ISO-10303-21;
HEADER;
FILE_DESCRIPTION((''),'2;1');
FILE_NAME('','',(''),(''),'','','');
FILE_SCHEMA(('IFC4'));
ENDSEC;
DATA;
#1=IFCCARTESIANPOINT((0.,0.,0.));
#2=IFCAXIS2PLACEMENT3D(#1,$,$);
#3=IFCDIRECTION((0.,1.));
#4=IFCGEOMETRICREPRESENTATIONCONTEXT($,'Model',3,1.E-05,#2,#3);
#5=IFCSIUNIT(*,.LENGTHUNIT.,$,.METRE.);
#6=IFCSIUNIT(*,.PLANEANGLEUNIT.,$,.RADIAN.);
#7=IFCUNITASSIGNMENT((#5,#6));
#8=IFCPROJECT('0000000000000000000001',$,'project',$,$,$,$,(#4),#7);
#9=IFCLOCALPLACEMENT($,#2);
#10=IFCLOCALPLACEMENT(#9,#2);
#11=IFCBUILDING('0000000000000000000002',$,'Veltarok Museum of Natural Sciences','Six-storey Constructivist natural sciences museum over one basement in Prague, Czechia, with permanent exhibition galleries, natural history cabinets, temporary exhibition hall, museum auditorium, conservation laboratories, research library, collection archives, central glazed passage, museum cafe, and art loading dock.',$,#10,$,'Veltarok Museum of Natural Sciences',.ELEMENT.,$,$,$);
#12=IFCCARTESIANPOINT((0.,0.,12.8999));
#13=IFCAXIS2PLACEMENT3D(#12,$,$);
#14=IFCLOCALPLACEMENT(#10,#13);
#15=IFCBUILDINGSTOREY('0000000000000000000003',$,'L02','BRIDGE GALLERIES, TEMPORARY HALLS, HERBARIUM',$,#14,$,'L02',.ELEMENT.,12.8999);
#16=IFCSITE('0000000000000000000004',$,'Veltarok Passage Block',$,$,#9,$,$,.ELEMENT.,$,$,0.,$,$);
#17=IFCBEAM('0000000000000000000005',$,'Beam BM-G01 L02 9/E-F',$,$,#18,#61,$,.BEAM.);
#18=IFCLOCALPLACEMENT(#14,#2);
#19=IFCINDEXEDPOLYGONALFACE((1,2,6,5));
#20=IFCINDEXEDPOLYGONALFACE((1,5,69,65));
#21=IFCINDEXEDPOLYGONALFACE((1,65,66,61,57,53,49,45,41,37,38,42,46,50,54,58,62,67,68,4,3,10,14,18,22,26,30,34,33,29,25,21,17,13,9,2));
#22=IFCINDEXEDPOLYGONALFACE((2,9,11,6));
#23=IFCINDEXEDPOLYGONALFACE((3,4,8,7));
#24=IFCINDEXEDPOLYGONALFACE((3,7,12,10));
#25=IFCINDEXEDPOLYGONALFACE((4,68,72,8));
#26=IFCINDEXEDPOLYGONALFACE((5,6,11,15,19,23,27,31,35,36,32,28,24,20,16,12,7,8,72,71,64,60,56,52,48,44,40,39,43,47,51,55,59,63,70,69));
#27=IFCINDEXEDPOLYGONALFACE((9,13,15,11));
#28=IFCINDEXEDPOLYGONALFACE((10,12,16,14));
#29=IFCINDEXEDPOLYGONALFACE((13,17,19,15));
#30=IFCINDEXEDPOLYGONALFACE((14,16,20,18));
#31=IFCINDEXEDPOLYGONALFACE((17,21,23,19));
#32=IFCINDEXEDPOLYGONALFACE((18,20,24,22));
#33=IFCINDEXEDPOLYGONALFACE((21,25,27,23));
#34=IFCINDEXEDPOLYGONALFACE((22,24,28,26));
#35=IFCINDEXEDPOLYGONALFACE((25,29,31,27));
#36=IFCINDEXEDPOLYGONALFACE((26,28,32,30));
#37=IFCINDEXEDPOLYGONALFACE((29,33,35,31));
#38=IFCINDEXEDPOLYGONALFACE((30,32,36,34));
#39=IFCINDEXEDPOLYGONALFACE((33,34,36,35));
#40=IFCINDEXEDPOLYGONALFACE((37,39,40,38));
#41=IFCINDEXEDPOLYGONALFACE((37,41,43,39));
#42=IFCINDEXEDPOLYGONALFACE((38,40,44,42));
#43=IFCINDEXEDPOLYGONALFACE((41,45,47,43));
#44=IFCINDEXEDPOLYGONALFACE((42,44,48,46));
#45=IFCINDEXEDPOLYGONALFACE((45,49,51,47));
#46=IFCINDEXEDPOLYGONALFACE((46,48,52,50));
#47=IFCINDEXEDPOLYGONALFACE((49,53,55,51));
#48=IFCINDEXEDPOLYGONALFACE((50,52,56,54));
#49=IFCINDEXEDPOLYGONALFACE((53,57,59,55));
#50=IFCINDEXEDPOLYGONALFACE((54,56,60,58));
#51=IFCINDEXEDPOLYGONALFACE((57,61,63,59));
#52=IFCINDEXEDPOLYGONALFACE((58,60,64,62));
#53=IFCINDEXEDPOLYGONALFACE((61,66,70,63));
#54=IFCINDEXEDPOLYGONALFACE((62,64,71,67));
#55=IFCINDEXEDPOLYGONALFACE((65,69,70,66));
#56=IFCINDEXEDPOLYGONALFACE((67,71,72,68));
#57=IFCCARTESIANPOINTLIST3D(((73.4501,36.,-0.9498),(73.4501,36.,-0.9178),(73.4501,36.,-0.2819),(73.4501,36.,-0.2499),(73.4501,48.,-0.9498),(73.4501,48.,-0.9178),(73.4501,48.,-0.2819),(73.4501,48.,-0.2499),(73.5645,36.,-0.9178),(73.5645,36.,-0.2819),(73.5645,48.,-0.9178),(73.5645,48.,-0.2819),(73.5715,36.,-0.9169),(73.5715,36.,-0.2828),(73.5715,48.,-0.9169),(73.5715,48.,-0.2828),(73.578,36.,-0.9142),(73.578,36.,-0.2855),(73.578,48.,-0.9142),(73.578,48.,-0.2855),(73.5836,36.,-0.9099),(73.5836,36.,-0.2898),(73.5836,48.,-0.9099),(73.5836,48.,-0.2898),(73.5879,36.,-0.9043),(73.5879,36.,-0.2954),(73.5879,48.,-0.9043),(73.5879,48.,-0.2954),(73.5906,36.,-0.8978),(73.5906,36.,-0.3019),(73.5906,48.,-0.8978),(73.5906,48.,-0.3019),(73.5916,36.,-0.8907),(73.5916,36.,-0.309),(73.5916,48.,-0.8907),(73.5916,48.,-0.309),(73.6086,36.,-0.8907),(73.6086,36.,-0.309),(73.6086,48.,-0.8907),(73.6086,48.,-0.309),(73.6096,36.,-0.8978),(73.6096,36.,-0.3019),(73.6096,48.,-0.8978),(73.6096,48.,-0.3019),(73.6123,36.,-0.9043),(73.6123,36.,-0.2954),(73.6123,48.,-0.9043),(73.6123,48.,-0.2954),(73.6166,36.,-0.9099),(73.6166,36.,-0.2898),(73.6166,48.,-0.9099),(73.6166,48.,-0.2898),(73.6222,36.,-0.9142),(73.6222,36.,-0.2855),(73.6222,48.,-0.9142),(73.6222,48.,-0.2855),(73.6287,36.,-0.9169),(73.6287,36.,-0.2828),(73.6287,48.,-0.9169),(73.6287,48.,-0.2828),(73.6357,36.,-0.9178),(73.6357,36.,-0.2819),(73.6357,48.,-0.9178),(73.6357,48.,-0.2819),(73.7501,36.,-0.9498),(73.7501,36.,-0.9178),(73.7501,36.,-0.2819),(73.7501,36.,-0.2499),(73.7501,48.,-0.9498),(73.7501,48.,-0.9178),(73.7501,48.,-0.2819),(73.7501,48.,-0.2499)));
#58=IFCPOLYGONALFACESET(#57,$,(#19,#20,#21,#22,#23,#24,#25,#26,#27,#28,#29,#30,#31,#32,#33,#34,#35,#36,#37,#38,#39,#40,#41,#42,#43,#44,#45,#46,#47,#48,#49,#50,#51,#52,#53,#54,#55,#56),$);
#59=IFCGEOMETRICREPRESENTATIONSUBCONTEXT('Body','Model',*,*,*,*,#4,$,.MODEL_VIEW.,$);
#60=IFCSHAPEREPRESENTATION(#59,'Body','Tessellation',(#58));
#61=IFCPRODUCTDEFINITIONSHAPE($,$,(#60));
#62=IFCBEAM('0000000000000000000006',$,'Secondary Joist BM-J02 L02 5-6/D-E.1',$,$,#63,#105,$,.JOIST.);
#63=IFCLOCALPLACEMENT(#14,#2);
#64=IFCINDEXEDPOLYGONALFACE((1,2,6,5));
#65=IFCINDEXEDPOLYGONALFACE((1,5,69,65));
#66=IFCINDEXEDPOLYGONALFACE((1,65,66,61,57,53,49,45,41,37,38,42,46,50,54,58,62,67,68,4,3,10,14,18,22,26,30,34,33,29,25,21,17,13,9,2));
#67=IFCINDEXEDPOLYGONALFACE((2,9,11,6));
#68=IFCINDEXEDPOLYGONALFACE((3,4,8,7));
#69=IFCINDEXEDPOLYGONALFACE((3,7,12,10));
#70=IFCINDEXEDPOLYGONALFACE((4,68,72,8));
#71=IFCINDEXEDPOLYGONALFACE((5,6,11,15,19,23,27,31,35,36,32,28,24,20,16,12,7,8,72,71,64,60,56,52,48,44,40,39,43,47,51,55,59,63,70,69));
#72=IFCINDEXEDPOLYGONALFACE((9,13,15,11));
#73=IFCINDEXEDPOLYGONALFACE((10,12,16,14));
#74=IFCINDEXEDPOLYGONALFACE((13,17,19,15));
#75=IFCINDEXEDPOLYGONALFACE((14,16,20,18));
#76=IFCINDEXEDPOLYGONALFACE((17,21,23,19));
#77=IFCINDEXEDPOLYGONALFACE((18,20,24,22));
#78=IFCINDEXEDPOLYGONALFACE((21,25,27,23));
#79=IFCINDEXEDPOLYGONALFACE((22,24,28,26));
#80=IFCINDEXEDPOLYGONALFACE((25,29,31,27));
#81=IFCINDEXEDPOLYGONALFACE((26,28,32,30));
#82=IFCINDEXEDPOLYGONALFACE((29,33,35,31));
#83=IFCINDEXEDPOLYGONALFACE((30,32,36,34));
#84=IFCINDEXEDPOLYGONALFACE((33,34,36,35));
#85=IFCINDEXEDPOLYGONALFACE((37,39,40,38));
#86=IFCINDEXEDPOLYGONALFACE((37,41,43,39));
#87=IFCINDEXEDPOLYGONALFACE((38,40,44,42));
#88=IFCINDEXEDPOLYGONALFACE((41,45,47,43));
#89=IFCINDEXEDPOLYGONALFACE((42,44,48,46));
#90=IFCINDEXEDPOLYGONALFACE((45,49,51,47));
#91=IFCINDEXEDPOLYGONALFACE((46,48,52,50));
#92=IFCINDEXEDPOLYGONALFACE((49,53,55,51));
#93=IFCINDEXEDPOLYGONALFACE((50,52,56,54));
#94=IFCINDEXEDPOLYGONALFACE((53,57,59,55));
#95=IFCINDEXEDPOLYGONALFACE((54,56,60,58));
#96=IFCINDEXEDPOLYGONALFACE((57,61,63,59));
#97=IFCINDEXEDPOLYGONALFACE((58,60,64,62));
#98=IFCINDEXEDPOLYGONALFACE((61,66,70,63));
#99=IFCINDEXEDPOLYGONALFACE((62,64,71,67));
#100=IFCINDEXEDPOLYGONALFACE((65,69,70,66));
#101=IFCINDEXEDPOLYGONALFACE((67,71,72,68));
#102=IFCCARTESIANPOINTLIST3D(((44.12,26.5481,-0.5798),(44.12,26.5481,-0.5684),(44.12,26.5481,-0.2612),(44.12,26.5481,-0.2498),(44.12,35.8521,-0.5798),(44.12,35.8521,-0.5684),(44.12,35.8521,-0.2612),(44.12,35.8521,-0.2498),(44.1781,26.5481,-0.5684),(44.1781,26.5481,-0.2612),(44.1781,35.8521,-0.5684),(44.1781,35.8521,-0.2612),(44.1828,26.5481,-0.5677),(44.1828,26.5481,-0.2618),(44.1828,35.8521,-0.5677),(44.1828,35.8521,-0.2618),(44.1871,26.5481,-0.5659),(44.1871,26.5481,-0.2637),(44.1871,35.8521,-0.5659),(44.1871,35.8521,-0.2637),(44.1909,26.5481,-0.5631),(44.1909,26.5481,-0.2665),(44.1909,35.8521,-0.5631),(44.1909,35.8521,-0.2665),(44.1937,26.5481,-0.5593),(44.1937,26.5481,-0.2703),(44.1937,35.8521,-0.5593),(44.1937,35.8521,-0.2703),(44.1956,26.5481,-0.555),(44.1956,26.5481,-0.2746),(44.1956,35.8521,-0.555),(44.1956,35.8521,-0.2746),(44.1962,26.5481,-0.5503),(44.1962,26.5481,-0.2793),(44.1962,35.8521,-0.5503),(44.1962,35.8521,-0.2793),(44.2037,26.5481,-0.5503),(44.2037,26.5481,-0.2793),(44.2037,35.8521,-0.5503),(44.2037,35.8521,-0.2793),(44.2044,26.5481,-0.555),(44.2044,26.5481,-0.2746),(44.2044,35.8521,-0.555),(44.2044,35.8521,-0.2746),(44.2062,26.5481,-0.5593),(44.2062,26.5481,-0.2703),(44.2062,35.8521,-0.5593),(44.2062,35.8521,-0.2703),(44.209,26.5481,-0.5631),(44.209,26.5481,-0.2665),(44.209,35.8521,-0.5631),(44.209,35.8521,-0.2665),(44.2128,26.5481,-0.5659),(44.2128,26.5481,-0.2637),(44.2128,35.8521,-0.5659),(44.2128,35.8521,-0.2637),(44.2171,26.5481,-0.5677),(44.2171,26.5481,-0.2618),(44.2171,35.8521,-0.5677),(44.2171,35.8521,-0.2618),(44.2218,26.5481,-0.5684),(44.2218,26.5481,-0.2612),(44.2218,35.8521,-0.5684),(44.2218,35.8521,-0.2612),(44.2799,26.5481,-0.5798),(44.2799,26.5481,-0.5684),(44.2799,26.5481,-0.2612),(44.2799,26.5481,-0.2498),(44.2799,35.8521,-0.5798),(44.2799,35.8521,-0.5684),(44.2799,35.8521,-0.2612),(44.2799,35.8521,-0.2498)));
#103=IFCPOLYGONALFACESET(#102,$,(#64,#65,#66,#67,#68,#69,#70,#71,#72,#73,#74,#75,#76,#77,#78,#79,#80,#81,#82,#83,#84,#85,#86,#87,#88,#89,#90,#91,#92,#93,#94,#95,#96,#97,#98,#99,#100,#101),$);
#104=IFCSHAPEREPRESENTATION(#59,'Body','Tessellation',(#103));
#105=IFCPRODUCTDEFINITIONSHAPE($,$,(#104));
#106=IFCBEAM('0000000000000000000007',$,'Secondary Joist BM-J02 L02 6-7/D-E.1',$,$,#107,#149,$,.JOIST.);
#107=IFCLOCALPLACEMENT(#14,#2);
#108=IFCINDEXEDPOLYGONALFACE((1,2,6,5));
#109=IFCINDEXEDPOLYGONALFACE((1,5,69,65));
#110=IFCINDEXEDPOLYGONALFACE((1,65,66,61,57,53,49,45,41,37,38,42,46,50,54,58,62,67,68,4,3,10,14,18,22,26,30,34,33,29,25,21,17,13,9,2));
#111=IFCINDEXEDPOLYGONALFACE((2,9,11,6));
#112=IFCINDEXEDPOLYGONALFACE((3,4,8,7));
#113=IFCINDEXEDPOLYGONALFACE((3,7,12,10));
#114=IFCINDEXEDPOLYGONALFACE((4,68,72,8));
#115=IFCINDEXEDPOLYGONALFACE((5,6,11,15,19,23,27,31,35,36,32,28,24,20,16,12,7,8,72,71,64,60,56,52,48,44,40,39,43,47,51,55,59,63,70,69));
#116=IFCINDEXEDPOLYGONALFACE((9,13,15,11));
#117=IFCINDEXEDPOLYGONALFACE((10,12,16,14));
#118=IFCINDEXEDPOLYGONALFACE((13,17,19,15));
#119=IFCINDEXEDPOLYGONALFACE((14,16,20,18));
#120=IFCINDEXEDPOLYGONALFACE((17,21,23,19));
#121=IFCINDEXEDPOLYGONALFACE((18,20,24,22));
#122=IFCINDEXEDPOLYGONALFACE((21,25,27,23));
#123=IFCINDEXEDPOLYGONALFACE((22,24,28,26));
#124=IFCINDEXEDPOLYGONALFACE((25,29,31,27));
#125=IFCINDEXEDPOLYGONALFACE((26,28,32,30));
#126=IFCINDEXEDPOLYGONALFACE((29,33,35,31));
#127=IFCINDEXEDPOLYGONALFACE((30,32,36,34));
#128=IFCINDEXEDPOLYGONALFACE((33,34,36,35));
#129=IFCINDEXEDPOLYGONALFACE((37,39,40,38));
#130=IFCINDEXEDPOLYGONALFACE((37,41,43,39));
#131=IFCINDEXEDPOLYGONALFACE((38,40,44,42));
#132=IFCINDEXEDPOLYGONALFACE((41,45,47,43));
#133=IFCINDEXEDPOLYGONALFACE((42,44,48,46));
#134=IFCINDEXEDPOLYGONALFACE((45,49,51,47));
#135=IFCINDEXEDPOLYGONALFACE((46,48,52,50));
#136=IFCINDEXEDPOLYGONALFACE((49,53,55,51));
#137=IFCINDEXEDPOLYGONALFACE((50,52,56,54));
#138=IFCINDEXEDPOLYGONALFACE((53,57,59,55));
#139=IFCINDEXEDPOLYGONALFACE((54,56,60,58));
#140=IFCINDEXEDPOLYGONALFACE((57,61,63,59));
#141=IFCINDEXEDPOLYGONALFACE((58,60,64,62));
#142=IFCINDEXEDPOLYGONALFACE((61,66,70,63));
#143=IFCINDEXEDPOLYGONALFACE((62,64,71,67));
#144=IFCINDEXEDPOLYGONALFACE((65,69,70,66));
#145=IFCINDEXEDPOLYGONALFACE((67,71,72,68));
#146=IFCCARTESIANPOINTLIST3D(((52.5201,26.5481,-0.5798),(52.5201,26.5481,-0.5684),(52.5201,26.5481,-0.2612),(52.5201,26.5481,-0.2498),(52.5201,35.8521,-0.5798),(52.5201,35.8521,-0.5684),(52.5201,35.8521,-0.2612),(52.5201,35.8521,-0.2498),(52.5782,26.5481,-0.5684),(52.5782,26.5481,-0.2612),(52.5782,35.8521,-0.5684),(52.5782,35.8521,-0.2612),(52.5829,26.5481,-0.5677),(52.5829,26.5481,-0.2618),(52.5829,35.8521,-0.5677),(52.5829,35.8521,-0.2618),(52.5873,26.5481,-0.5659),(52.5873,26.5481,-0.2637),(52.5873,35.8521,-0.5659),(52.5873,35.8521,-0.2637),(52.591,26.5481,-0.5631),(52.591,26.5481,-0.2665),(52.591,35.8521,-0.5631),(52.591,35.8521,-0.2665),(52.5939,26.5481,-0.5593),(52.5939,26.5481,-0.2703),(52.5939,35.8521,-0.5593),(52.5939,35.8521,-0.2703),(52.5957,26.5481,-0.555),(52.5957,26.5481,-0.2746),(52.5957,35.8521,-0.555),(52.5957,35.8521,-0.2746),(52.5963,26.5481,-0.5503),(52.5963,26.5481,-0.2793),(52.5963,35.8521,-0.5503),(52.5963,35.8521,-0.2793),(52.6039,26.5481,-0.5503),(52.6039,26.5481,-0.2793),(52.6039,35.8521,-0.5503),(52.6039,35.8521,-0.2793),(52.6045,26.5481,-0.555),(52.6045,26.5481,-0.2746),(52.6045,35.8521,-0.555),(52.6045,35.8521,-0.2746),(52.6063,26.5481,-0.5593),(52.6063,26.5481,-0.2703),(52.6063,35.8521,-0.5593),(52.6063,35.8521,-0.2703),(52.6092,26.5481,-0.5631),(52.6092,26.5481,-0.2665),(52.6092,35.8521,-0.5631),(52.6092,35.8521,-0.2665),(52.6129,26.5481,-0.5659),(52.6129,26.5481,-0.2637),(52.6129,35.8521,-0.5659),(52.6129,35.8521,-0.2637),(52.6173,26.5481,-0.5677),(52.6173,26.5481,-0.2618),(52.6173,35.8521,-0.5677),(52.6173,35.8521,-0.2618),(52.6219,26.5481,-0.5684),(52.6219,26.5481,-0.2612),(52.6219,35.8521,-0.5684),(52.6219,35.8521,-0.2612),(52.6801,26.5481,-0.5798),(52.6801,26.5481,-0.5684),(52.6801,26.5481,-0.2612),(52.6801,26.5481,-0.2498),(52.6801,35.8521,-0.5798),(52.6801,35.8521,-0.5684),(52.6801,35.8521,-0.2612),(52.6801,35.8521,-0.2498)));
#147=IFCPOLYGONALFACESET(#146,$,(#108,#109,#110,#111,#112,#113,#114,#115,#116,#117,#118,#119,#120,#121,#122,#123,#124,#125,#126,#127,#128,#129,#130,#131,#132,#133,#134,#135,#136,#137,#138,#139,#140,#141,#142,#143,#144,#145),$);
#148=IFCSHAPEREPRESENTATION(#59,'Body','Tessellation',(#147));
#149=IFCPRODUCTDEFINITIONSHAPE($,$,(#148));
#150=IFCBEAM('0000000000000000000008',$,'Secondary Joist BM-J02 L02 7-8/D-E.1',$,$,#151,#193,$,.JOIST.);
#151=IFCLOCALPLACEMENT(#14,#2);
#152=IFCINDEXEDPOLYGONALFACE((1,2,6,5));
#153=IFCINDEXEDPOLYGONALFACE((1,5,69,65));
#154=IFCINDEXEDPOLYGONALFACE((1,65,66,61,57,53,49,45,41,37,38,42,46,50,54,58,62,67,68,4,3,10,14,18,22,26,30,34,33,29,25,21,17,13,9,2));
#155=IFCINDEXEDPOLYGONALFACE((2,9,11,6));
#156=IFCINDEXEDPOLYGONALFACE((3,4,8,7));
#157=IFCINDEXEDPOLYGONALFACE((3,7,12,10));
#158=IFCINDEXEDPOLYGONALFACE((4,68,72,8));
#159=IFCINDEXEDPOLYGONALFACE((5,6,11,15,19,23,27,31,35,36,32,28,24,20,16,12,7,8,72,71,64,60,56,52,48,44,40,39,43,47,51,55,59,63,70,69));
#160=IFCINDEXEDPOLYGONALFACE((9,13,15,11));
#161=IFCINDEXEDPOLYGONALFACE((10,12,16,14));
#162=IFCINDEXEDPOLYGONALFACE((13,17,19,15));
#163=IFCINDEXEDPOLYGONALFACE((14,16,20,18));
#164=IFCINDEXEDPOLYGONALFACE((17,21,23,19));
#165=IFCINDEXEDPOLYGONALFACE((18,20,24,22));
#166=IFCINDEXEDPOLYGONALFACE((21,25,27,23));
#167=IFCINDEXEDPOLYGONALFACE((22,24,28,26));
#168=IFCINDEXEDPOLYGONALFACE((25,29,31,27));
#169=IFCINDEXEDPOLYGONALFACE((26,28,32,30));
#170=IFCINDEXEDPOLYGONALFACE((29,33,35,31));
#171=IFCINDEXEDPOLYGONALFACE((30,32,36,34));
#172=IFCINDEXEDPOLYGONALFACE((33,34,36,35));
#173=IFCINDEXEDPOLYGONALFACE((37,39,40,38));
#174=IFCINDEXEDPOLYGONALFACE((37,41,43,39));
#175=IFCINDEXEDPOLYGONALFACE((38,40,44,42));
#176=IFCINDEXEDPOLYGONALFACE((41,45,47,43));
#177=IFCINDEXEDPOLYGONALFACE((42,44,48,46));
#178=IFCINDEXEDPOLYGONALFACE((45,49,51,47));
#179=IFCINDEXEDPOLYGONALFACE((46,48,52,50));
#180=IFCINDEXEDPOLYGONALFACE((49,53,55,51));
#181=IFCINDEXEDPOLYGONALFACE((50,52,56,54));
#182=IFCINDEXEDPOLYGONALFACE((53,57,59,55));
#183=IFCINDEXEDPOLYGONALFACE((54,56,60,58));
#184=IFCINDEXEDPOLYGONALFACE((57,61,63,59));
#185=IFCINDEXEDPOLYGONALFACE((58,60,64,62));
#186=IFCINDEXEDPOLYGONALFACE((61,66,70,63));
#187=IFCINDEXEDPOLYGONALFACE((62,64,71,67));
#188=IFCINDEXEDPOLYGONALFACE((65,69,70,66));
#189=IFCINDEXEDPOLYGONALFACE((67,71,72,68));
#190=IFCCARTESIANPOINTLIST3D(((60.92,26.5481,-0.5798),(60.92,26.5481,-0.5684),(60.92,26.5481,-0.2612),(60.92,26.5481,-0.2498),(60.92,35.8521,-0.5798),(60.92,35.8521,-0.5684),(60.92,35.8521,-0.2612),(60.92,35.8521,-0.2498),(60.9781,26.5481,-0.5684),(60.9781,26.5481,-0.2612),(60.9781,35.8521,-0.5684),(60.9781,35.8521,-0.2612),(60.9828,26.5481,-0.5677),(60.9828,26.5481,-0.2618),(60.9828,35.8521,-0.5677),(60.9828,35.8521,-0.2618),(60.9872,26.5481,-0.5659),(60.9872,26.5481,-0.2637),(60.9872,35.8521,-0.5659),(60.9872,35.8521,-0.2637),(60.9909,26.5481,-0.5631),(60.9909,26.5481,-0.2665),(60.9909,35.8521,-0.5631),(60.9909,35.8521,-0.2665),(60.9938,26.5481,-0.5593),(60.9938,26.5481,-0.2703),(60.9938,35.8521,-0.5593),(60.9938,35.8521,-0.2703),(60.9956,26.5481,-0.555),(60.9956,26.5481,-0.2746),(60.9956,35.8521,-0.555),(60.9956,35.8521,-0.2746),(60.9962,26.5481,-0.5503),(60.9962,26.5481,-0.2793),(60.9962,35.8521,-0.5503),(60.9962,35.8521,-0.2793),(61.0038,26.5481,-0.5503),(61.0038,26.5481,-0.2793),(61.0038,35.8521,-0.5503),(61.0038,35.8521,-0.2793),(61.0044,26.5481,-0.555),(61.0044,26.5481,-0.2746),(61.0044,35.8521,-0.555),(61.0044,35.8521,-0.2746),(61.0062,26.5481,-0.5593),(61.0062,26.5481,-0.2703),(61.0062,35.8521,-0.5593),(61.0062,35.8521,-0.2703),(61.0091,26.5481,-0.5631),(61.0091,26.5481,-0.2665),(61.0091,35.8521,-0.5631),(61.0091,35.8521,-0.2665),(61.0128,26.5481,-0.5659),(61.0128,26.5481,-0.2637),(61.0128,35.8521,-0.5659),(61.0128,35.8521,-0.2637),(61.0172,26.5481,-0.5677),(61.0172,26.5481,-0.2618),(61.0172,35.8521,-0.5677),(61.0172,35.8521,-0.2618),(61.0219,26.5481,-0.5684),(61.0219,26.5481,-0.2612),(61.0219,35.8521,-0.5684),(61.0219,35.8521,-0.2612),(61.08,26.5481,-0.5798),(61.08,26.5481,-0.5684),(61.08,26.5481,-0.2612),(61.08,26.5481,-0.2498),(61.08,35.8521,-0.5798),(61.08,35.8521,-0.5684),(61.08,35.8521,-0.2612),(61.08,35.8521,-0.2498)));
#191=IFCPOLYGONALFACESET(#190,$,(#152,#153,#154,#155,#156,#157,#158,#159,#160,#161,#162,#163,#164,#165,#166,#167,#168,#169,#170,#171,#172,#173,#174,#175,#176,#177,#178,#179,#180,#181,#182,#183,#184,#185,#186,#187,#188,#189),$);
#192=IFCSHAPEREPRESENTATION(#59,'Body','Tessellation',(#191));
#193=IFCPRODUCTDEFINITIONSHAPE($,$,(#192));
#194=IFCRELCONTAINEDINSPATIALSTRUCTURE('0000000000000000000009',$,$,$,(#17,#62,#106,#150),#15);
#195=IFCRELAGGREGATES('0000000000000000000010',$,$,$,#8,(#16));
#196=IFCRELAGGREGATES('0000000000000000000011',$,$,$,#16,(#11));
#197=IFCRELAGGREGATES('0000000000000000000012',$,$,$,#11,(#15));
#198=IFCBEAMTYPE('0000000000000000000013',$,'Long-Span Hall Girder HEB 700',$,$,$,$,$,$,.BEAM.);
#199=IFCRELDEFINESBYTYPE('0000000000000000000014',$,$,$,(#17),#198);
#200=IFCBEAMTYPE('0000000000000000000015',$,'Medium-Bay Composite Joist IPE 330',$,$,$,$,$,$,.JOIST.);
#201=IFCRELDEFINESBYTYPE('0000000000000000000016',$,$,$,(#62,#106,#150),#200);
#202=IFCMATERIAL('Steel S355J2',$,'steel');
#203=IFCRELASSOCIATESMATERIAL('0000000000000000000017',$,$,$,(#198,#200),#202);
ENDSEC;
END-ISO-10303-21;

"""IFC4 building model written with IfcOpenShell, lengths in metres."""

from ifc_helpers import new_model, si_unit, direction, frame, origin, origin_2d, place, context, subcontext, project, spatial, i_section, extrude, material, material_profile, profile_set, type_object, element, save


model = new_model("IFC4")

# Units and contexts
model_context = context("Model", 3, precision=1e-05, world=origin(), true_north=direction((0.0, 1.0)))
body_context = subcontext(model_context, "Body", "Model", "MODEL_VIEW")
ifc_project = project(units=[si_unit("LENGTHUNIT", "METRE"), si_unit("PLANEANGLEUNIT", "RADIAN")], contexts=[model_context])

# Site, building, storey
site_placement = place(None, origin())
site = spatial("IfcSite", under=ifc_project, at=site_placement, Name="Veltarok Passage Block", CompositionType="ELEMENT", RefElevation=0.0)
building_placement = place(site_placement, origin())
building = spatial("IfcBuilding", under=site, at=building_placement, Name="Veltarok Museum of Natural Sciences", Description="Six-storey Constructivist natural sciences museum over one basement in Prague, Czechia, with permanent exhibition galleries, natural history cabinets, temporary exhibition hall, museum auditorium, conservation laboratories, research library, collection archives, central glazed passage, museum cafe, and art loading dock.", LongName="Veltarok Museum of Natural Sciences", CompositionType="ELEMENT")
storey_placement = place(building_placement, frame((0.0, 0.0, 12.8999)))
storey = spatial("IfcBuildingStorey", under=building, at=storey_placement, Name="L02", Description="BRIDGE GALLERIES, TEMPORARY HALLS, HERBARIUM", LongName="L02", CompositionType="ELEMENT", Elevation=12.8999)

# Shared definitions
ifc_material_1 = material(Name="Steel S355J2", Category="steel")

# Beams
ifc_material_profile_1 = material_profile(ifc_material_1, i_section(OverallWidth=0.3, OverallDepth=0.7, WebThickness=0.0171, FlangeThickness=0.032, FilletRadius=0.0271, at=origin_2d()), Name="HEB 700")
ifc_profile_set_1 = profile_set([ifc_material_profile_1], Name="Steel S355J2")
beam_type_1 = type_object("IfcBeamType", Name="Long-Span Hall Girder HEB 700", PredefinedType="BEAM", material=ifc_profile_set_1)
for number, where, z_axis, x_axis, name in (
    (1, (73.6001, 36.0, -0.5999), (0.0, 1.0, 0.0), (-1.0, 0.0, 0.0), "Beam BM-G01 L02 9/E-F"),
):
    element("IfcBeam", number, at=place(storey_placement, frame(where, z_axis=z_axis, x_axis=x_axis)), inside=storey, type_object=beam_type_1, Name=name, PredefinedType="BEAM", context=body_context, shape_type="SweptSolid", body=[
        extrude(i_section(OverallWidth=0.3, OverallDepth=0.7, WebThickness=0.0171, FlangeThickness=0.032, FilletRadius=0.0271, at=origin_2d()), origin(), (0.0, 0.0, 1.0), 12.0),
    ])
ifc_material_profile_2 = material_profile(ifc_material_1, i_section(OverallWidth=0.1599, OverallDepth=0.3301, WebThickness=0.0076, FlangeThickness=0.0115, FilletRadius=0.0181, at=origin_2d()), Name="IPE 330")
ifc_profile_set_2 = profile_set([ifc_material_profile_2], Name="Steel S355J2")
beam_type_2 = type_object("IfcBeamType", Name="Medium-Bay Composite Joist IPE 330", PredefinedType="JOIST", material=ifc_profile_set_2)
for number, where, z_axis, x_axis, name in (
    (2, (44.2, 26.5481, -0.4148), (0.0, 1.0, 0.0), (-1.0, 0.0, 0.0), "Secondary Joist BM-J02 L02 5-6/D-E.1"),
    (3, (52.6001, 26.5481, -0.4148), (0.0, 1.0, 0.0), (-1.0, 0.0, 0.0), "Secondary Joist BM-J02 L02 6-7/D-E.1"),
    (4, (61.0, 26.5481, -0.4148), (0.0, 1.0, 0.0), (-1.0, 0.0, 0.0), "Secondary Joist BM-J02 L02 7-8/D-E.1"),
):
    element("IfcBeam", number, at=place(storey_placement, frame(where, z_axis=z_axis, x_axis=x_axis)), inside=storey, type_object=beam_type_2, Name=name, PredefinedType="JOIST", context=body_context, shape_type="SweptSolid", body=[
        extrude(i_section(OverallWidth=0.1599, OverallDepth=0.3301, WebThickness=0.0076, FlangeThickness=0.0115, FilletRadius=0.0181, at=origin_2d()), origin(), (0.0, 0.0, 1.0), 9.304),
    ])

save(model, "model.ifc")
